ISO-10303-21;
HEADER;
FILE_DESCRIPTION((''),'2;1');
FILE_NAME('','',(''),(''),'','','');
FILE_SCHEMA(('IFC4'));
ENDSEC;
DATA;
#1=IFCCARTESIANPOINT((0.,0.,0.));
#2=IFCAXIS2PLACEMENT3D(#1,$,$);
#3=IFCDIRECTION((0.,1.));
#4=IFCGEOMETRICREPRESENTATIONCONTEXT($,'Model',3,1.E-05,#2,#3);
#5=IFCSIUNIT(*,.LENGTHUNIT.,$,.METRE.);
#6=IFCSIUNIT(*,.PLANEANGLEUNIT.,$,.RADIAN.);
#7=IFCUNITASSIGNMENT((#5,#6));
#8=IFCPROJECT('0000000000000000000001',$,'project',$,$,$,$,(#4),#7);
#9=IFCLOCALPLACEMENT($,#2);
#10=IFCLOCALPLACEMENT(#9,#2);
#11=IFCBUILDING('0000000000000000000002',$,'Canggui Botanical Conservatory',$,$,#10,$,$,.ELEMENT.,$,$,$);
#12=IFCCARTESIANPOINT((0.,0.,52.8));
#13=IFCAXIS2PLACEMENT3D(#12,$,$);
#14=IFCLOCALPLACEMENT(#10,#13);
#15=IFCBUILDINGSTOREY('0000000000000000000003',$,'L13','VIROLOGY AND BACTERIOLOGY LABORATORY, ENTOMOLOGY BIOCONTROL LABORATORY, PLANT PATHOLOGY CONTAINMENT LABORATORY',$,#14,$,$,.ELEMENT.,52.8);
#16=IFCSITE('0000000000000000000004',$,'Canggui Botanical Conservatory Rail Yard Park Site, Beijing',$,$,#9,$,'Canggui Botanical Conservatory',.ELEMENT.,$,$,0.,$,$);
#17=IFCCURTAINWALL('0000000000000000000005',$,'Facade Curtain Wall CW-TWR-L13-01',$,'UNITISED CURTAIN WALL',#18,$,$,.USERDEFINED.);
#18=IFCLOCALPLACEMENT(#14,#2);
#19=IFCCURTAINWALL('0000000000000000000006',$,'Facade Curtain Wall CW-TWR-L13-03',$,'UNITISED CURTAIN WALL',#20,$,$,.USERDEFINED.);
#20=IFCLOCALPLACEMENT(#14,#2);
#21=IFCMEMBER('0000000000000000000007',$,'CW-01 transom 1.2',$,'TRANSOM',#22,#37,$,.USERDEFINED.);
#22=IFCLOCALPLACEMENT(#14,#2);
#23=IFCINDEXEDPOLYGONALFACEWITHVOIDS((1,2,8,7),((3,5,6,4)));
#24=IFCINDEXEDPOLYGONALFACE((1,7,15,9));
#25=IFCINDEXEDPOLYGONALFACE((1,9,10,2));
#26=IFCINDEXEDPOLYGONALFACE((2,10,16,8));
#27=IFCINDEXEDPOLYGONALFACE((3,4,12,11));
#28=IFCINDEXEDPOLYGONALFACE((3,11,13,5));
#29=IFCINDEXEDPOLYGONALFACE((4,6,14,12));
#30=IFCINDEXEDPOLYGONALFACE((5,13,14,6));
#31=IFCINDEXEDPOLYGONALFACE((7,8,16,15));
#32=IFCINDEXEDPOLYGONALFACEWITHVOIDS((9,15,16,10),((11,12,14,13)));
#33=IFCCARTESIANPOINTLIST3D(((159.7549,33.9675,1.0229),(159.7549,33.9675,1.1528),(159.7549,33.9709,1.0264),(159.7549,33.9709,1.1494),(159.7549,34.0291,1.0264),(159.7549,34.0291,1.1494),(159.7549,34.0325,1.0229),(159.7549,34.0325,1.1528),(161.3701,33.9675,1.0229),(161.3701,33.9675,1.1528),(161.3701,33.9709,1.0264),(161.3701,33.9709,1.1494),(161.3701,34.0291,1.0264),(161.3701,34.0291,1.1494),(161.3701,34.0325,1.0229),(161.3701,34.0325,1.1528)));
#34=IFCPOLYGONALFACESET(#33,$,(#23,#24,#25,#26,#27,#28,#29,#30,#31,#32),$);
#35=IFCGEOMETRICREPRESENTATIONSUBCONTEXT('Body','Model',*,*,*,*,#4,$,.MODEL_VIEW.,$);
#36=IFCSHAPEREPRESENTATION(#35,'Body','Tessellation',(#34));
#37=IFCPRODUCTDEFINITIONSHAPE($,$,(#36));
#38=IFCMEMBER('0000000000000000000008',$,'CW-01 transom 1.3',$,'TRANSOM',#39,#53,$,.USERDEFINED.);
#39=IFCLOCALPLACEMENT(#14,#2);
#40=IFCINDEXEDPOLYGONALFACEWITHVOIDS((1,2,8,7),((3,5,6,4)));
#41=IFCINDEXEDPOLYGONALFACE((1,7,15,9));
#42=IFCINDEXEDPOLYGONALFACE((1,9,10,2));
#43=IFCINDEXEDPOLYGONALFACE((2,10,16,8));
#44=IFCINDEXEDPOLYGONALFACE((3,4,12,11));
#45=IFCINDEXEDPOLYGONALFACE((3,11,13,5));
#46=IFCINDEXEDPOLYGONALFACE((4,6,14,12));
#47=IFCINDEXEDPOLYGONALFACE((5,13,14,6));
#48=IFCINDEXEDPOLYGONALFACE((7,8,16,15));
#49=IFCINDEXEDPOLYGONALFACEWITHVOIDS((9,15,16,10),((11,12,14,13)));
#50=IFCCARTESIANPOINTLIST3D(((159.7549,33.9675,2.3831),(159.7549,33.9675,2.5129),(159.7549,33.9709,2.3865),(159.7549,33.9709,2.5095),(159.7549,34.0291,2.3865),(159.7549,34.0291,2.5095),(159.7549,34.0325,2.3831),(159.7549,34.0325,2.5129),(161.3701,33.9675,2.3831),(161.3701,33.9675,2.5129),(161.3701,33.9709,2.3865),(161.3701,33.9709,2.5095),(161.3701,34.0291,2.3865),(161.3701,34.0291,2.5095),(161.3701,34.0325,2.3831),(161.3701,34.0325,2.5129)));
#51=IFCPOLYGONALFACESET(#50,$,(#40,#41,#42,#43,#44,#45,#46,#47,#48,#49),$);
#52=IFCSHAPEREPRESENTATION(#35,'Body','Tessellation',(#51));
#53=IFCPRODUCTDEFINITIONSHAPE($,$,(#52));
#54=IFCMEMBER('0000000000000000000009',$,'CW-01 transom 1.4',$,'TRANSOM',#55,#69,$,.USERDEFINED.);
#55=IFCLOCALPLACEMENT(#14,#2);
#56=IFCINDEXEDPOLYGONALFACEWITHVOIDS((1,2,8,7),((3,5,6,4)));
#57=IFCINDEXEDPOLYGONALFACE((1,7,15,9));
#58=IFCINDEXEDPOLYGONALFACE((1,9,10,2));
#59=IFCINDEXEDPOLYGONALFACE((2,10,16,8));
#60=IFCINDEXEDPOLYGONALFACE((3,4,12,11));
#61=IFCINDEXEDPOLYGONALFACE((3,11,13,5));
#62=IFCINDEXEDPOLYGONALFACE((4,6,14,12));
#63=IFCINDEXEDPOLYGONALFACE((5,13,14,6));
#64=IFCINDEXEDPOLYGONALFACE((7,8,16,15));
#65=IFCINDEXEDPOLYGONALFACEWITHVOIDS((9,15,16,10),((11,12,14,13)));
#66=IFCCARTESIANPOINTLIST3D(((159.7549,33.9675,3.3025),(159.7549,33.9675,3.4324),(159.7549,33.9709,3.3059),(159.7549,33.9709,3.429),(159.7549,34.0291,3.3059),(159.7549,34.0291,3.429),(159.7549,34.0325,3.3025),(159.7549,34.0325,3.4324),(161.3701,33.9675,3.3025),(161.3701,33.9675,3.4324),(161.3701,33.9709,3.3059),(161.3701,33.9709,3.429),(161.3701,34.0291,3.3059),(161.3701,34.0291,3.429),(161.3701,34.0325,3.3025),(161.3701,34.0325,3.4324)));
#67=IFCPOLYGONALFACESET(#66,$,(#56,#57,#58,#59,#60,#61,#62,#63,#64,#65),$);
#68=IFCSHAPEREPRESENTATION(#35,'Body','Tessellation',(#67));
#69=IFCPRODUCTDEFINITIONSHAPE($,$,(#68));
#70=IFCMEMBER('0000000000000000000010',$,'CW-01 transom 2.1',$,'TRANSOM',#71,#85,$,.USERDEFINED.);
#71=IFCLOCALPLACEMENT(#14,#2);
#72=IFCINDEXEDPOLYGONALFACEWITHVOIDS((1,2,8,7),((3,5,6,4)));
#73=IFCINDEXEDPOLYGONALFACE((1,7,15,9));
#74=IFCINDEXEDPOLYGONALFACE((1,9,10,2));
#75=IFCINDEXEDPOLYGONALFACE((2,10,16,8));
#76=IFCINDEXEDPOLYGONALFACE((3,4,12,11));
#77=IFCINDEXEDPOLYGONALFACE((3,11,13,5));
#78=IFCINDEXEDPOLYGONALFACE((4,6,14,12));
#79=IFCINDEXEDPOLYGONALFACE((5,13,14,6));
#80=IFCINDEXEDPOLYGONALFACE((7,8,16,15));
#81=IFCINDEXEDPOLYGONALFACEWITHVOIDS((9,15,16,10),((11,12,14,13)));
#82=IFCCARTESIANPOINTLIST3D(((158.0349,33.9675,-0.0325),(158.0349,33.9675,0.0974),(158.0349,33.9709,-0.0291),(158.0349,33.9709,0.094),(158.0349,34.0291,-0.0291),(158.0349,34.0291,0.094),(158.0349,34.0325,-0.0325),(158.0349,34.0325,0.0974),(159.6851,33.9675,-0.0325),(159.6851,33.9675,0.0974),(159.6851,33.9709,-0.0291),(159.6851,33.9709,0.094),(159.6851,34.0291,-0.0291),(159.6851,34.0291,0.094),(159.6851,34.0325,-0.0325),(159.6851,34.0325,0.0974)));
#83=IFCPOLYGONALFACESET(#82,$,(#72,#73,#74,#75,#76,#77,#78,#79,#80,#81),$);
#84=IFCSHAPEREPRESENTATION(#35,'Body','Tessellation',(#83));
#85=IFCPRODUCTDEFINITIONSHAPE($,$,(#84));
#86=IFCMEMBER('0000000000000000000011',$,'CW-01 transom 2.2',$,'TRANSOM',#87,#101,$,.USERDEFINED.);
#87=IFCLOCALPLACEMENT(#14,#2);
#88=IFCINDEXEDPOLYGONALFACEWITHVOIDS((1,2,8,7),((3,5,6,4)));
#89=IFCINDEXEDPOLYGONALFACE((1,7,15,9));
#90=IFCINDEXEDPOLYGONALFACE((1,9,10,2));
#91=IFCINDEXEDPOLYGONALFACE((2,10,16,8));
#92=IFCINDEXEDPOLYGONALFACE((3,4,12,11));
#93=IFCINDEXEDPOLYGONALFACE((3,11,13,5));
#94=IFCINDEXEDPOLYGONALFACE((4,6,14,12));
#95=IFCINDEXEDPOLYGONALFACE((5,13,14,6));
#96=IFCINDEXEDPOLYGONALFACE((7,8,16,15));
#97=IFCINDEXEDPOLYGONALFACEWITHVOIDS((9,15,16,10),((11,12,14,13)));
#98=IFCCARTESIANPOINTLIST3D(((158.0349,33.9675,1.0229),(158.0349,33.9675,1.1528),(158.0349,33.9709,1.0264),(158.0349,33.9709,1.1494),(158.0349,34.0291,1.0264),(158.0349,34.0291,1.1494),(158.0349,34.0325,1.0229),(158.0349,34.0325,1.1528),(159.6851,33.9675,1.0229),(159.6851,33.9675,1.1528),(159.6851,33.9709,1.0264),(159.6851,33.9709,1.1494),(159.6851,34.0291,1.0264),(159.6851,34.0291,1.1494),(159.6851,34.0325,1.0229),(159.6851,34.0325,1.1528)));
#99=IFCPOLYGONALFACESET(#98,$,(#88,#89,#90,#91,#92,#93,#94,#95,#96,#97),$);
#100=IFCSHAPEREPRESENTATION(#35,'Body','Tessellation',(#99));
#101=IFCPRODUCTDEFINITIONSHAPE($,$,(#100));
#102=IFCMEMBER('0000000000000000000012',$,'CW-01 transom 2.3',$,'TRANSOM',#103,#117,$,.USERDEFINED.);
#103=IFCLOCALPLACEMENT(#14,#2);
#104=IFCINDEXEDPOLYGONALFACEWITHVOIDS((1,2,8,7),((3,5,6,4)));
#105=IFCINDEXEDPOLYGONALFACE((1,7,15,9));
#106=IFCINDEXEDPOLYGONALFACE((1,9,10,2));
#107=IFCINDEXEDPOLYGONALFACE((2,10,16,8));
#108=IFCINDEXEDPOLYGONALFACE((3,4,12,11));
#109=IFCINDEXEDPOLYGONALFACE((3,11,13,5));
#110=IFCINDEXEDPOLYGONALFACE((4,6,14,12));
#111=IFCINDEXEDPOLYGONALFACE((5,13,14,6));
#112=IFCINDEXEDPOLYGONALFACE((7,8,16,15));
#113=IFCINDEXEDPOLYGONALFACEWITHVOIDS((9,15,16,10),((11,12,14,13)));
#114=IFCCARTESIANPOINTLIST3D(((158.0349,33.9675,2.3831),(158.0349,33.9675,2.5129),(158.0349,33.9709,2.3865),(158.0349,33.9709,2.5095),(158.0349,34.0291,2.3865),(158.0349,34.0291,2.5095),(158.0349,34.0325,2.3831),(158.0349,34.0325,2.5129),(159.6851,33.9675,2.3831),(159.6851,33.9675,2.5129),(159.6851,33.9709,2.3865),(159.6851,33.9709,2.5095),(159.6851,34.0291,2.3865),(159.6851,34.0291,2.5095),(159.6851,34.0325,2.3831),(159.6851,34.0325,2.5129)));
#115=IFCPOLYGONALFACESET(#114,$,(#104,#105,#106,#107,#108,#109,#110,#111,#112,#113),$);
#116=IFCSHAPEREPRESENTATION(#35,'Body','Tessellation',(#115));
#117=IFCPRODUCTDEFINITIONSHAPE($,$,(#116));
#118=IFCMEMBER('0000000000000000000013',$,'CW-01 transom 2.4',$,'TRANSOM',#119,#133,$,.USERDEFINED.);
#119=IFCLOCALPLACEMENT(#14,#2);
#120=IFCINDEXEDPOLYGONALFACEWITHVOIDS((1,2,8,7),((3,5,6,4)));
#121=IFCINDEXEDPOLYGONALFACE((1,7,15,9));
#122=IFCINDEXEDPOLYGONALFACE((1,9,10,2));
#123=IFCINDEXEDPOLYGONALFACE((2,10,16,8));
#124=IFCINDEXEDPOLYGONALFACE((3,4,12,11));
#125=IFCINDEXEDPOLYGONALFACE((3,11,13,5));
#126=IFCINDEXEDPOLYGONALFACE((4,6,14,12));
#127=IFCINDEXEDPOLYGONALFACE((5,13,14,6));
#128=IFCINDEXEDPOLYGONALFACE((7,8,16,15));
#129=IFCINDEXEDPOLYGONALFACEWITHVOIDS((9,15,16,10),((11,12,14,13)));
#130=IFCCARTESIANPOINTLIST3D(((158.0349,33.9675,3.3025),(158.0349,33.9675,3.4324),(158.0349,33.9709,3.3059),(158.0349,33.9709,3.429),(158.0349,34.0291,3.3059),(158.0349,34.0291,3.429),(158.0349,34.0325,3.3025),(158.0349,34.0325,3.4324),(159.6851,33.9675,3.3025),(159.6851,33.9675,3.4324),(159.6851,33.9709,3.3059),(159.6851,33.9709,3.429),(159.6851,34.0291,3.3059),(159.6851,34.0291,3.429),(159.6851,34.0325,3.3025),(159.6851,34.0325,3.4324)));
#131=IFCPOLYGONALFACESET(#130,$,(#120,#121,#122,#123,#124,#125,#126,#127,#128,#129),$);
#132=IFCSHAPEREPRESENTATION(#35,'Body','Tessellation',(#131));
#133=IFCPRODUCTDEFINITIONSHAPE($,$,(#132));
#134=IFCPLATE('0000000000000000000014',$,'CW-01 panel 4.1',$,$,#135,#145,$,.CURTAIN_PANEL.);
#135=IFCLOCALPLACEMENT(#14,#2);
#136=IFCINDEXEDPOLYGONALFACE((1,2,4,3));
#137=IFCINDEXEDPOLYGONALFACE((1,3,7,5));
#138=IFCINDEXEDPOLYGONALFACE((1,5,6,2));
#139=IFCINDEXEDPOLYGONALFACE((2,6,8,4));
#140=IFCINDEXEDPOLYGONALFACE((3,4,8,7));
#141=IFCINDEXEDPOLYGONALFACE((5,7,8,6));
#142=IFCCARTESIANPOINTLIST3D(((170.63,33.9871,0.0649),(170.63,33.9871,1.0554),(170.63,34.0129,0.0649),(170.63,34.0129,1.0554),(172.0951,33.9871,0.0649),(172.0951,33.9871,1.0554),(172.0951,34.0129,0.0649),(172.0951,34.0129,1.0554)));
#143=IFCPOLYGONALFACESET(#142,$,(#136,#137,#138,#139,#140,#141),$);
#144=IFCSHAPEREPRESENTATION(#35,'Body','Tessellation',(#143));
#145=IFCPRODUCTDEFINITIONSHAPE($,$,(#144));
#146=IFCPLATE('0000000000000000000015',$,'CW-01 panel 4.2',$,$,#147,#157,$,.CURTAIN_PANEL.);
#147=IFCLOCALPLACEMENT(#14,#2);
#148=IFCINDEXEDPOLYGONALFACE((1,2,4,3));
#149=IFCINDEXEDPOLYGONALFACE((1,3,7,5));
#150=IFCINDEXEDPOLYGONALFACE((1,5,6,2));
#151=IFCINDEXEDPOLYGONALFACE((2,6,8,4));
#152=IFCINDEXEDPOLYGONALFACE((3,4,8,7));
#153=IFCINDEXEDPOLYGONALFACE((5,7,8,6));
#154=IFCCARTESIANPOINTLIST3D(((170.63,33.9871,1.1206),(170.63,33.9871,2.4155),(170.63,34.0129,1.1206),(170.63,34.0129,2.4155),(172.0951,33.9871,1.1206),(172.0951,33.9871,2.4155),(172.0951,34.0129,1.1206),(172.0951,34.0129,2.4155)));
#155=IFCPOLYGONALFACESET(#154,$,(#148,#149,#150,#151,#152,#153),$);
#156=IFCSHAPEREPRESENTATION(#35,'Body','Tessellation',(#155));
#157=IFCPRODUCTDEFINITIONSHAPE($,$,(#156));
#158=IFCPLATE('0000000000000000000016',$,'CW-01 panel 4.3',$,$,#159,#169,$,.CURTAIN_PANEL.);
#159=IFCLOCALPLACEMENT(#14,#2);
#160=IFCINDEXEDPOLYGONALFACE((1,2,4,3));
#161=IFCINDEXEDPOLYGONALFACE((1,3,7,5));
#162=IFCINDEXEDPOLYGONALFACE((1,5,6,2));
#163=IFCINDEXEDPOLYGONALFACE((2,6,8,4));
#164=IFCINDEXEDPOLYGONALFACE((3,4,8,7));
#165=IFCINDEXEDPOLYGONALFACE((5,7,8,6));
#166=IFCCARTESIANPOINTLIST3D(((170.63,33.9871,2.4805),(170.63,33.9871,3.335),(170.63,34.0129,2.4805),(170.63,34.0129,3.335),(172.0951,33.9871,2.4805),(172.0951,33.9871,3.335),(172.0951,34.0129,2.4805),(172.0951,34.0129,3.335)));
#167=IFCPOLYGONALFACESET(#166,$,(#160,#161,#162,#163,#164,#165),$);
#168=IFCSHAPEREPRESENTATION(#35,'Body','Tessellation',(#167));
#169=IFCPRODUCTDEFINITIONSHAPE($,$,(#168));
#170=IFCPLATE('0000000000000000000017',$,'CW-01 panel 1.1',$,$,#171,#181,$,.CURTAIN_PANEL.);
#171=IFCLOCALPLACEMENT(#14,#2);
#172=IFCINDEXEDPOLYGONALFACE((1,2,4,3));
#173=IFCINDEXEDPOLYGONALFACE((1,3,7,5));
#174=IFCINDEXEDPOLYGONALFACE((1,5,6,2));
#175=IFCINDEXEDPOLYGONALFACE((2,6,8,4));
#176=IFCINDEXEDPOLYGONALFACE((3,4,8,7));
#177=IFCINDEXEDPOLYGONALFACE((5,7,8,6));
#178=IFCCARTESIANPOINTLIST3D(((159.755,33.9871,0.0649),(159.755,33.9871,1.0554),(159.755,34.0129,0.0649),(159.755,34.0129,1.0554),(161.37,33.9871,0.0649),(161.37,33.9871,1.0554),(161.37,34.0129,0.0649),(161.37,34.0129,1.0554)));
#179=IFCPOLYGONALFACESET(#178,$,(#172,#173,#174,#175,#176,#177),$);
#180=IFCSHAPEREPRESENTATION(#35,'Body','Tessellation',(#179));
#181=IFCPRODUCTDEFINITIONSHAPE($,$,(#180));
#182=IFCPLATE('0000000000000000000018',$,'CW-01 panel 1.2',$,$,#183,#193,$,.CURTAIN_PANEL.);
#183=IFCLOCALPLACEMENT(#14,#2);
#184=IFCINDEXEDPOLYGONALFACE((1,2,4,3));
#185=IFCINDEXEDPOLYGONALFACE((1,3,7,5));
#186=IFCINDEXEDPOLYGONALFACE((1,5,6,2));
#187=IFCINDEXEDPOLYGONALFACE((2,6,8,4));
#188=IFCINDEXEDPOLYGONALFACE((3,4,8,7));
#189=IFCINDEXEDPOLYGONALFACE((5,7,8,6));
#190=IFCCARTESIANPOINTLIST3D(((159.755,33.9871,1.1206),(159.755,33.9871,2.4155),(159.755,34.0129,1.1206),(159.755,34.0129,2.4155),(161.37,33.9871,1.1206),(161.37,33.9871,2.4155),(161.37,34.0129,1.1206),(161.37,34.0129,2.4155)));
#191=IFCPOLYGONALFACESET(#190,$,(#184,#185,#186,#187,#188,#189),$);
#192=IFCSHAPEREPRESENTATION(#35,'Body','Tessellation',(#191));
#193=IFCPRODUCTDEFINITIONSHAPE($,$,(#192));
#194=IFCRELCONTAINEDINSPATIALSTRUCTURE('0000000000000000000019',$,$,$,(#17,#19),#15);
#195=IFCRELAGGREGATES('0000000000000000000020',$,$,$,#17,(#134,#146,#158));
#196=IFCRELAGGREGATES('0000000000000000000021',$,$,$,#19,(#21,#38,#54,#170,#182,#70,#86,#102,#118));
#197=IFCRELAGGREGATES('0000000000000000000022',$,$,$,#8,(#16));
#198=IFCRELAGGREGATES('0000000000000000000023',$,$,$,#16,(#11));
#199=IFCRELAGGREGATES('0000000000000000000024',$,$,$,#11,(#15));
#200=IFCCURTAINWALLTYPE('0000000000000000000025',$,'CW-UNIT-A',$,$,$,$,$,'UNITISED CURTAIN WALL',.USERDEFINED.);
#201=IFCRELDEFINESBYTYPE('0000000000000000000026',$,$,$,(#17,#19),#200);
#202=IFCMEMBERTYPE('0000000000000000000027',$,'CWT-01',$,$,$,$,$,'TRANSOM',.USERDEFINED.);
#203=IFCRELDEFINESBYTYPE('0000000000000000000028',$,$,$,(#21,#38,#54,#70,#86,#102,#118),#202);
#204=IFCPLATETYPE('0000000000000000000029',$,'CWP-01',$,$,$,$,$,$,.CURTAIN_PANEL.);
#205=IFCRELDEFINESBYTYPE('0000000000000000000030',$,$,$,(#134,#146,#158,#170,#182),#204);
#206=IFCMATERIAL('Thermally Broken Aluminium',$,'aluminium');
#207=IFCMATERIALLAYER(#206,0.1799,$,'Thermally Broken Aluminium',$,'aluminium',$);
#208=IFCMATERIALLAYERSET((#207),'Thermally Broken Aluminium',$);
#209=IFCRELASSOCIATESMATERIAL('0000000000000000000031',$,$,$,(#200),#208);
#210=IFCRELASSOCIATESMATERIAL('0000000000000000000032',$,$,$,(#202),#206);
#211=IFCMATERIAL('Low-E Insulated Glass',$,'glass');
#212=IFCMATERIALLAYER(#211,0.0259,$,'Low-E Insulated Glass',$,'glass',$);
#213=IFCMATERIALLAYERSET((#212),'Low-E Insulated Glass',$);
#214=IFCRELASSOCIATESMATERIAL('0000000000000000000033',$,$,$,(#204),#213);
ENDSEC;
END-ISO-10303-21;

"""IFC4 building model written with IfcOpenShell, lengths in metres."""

from ifc_helpers import new_model, si_unit, direction, frame, origin, origin_2d, place, context, subcontext, project, spatial, rectangle, hollow_rectangle, extrude, material, layer, layer_set, material_profile, profile_set, type_object, element, aggregate, save


model = new_model("IFC4")

# Units and contexts
model_context = context("Model", 3, precision=1e-05, world=origin(), true_north=direction((0.0, 1.0)))
body_context = subcontext(model_context, "Body", "Model", "MODEL_VIEW")
ifc_project = project(units=[si_unit("LENGTHUNIT", "METRE"), si_unit("PLANEANGLEUNIT", "RADIAN")], contexts=[model_context])

# Site, building, storey
site_placement = place(None, origin())
site = spatial("IfcSite", under=ifc_project, at=site_placement, Name="Canggui Botanical Conservatory Rail Yard Park Site, Beijing", LongName="Canggui Botanical Conservatory", CompositionType="ELEMENT", RefElevation=0.0)
building_placement = place(site_placement, origin())
building = spatial("IfcBuilding", under=site, at=building_placement, Name="Canggui Botanical Conservatory", CompositionType="ELEMENT")
storey_placement = place(building_placement, frame((0.0, 0.0, 52.8)))
storey = spatial("IfcBuildingStorey", under=building, at=storey_placement, Name="L13", Description="VIROLOGY AND BACTERIOLOGY LABORATORY, ENTOMOLOGY BIOCONTROL LABORATORY, PLANT PATHOLOGY CONTAINMENT LABORATORY", CompositionType="ELEMENT", Elevation=52.8)

# Curtain walls
ifc_material_1 = material(Name="Thermally Broken Aluminium", Category="aluminium")
ifc_layer_1 = layer(ifc_material_1, 0.1799, Name="Thermally Broken Aluminium", Category="aluminium")
ifc_layer_set_1 = layer_set([ifc_layer_1], Name="Thermally Broken Aluminium")
curtain_wall_type = type_object("IfcCurtainWallType", Name="CW-UNIT-A", ElementType="UNITISED CURTAIN WALL", PredefinedType="USERDEFINED", material=ifc_layer_set_1)
curtain_wall_1_placement = place(storey_placement, origin())
curtain_wall_1 = element("IfcCurtainWall", 1, at=curtain_wall_1_placement, inside=storey, type_object=curtain_wall_type, Name="Facade Curtain Wall CW-TWR-L13-01", ObjectType="UNITISED CURTAIN WALL", PredefinedType="USERDEFINED")
curtain_wall_2_placement = place(storey_placement, origin())
curtain_wall_2 = element("IfcCurtainWall", 2, at=curtain_wall_2_placement, inside=storey, type_object=curtain_wall_type, Name="Facade Curtain Wall CW-TWR-L13-03", ObjectType="UNITISED CURTAIN WALL", PredefinedType="USERDEFINED")

# Members
ifc_material_profile_1 = material_profile(ifc_material_1, hollow_rectangle(XDim=0.0649, YDim=0.1299, WallThickness=0.0034, at=origin_2d()), Name="CWT 65x130x3.5")
ifc_profile_set_1 = profile_set([ifc_material_profile_1], Name="Thermally Broken Aluminium")
member_type_1 = type_object("IfcMemberType", Name="CWT-01", ElementType="TRANSOM", PredefinedType="USERDEFINED", material=ifc_profile_set_1)
member_1_placement = place(storey_placement, frame((161.3701, 34.0, 1.0879), z_axis=(-1.0, 0.0, 0.0), x_axis=(0.0, -1.0, 0.0)))
member_1 = element("IfcMember", 3, at=member_1_placement, type_object=member_type_1, Name="CW-01 transom 1.2", ObjectType="TRANSOM", PredefinedType="USERDEFINED", context=body_context, shape_type="SweptSolid", body=[
    extrude(hollow_rectangle(XDim=0.0649, YDim=0.1299, WallThickness=0.0034, at=origin_2d()), origin(), (0.0, 0.0, 1.0), 1.6152),
])
member_2_placement = place(storey_placement, frame((161.3701, 34.0, 2.448), z_axis=(-1.0, 0.0, 0.0), x_axis=(0.0, -1.0, 0.0)))
member_2 = element("IfcMember", 4, at=member_2_placement, type_object=member_type_1, Name="CW-01 transom 1.3", ObjectType="TRANSOM", PredefinedType="USERDEFINED", context=body_context, shape_type="SweptSolid", body=[
    extrude(hollow_rectangle(XDim=0.0649, YDim=0.1299, WallThickness=0.0034, at=origin_2d()), origin(), (0.0, 0.0, 1.0), 1.6152),
])
member_3_placement = place(storey_placement, frame((161.3701, 34.0, 3.3674), z_axis=(-1.0, 0.0, 0.0), x_axis=(0.0, -1.0, 0.0)))
member_3 = element("IfcMember", 5, at=member_3_placement, type_object=member_type_1, Name="CW-01 transom 1.4", ObjectType="TRANSOM", PredefinedType="USERDEFINED", context=body_context, shape_type="SweptSolid", body=[
    extrude(hollow_rectangle(XDim=0.0649, YDim=0.1299, WallThickness=0.0034, at=origin_2d()), origin(), (0.0, 0.0, 1.0), 1.6152),
])
member_4_placement = place(storey_placement, frame((159.6851, 34.0, 0.0325), z_axis=(-1.0, 0.0, 0.0), x_axis=(0.0, -1.0, 0.0)))
member_4 = element("IfcMember", 6, at=member_4_placement, type_object=member_type_1, Name="CW-01 transom 2.1", ObjectType="TRANSOM", PredefinedType="USERDEFINED", context=body_context, shape_type="SweptSolid", body=[
    extrude(hollow_rectangle(XDim=0.0649, YDim=0.1299, WallThickness=0.0034, at=origin_2d()), origin(), (0.0, 0.0, 1.0), 1.6501),
])
member_5_placement = place(storey_placement, frame((159.6851, 34.0, 1.0879), z_axis=(-1.0, 0.0, 0.0), x_axis=(0.0, -1.0, 0.0)))
member_5 = element("IfcMember", 7, at=member_5_placement, type_object=member_type_1, Name="CW-01 transom 2.2", ObjectType="TRANSOM", PredefinedType="USERDEFINED", context=body_context, shape_type="SweptSolid", body=[
    extrude(hollow_rectangle(XDim=0.0649, YDim=0.1299, WallThickness=0.0034, at=origin_2d()), origin(), (0.0, 0.0, 1.0), 1.6501),
])
member_6_placement = place(storey_placement, frame((159.6851, 34.0, 2.448), z_axis=(-1.0, 0.0, 0.0), x_axis=(0.0, -1.0, 0.0)))
member_6 = element("IfcMember", 8, at=member_6_placement, type_object=member_type_1, Name="CW-01 transom 2.3", ObjectType="TRANSOM", PredefinedType="USERDEFINED", context=body_context, shape_type="SweptSolid", body=[
    extrude(hollow_rectangle(XDim=0.0649, YDim=0.1299, WallThickness=0.0034, at=origin_2d()), origin(), (0.0, 0.0, 1.0), 1.6501),
])
member_7_placement = place(storey_placement, frame((159.6851, 34.0, 3.3674), z_axis=(-1.0, 0.0, 0.0), x_axis=(0.0, -1.0, 0.0)))
member_7 = element("IfcMember", 9, at=member_7_placement, type_object=member_type_1, Name="CW-01 transom 2.4", ObjectType="TRANSOM", PredefinedType="USERDEFINED", context=body_context, shape_type="SweptSolid", body=[
    extrude(hollow_rectangle(XDim=0.0649, YDim=0.1299, WallThickness=0.0034, at=origin_2d()), origin(), (0.0, 0.0, 1.0), 1.6501),
])

# Plates
ifc_material_2 = material(Name="Low-E Insulated Glass", Category="glass")
ifc_layer_2 = layer(ifc_material_2, 0.0259, Name="Low-E Insulated Glass", Category="glass")
ifc_layer_set_2 = layer_set([ifc_layer_2], Name="Low-E Insulated Glass")
plate_type = type_object("IfcPlateType", Name="CWP-01", PredefinedType="CURTAIN_PANEL", material=ifc_layer_set_2)
plate_1_placement = place(storey_placement, frame((171.3625, 34.0, 0.0649), z_axis=(0.0, 0.0, 1.0), x_axis=(-1.0, 0.0, 0.0)))
plate_1 = element("IfcPlate", 10, at=plate_1_placement, type_object=plate_type, Name="CW-01 panel 4.1", PredefinedType="CURTAIN_PANEL", context=body_context, shape_type="SweptSolid", body=[
    extrude(rectangle(XDim=1.4651, YDim=0.0259, at=origin_2d()), origin(), (0.0, 0.0, 1.0), 0.9905),
])
plate_2_placement = place(storey_placement, frame((171.3625, 34.0, 1.1206), z_axis=(0.0, 0.0, 1.0), x_axis=(-1.0, 0.0, 0.0)))
plate_2 = element("IfcPlate", 11, at=plate_2_placement, type_object=plate_type, Name="CW-01 panel 4.2", PredefinedType="CURTAIN_PANEL", context=body_context, shape_type="SweptSolid", body=[
    extrude(rectangle(XDim=1.4651, YDim=0.0259, at=origin_2d()), origin(), (0.0, 0.0, 1.0), 1.2949),
])
plate_3_placement = place(storey_placement, frame((171.3625, 34.0, 2.4805), z_axis=(0.0, 0.0, 1.0), x_axis=(-1.0, 0.0, 0.0)))
plate_3 = element("IfcPlate", 12, at=plate_3_placement, type_object=plate_type, Name="CW-01 panel 4.3", PredefinedType="CURTAIN_PANEL", context=body_context, shape_type="SweptSolid", body=[
    extrude(rectangle(XDim=1.4651, YDim=0.0259, at=origin_2d()), origin(), (0.0, 0.0, 1.0), 0.8545),
])
aggregate(curtain_wall_1, [plate_1, plate_2, plate_3])
plate_4_placement = place(storey_placement, frame((160.5625, 34.0, 0.0649), z_axis=(0.0, 0.0, 1.0), x_axis=(-1.0, 0.0, 0.0)))
plate_4 = element("IfcPlate", 13, at=plate_4_placement, type_object=plate_type, Name="CW-01 panel 1.1", PredefinedType="CURTAIN_PANEL", context=body_context, shape_type="SweptSolid", body=[
    extrude(rectangle(XDim=1.615, YDim=0.0259, at=origin_2d()), origin(), (0.0, 0.0, 1.0), 0.9905),
])
plate_5_placement = place(storey_placement, frame((160.5625, 34.0, 1.1206), z_axis=(0.0, 0.0, 1.0), x_axis=(-1.0, 0.0, 0.0)))
plate_5 = element("IfcPlate", 14, at=plate_5_placement, type_object=plate_type, Name="CW-01 panel 1.2", PredefinedType="CURTAIN_PANEL", context=body_context, shape_type="SweptSolid", body=[
    extrude(rectangle(XDim=1.615, YDim=0.0259, at=origin_2d()), origin(), (0.0, 0.0, 1.0), 1.2949),
])
aggregate(curtain_wall_2, [member_1, member_2, member_3, plate_4, plate_5, member_4, member_5, member_6, member_7])

save(model, "model.ifc")
